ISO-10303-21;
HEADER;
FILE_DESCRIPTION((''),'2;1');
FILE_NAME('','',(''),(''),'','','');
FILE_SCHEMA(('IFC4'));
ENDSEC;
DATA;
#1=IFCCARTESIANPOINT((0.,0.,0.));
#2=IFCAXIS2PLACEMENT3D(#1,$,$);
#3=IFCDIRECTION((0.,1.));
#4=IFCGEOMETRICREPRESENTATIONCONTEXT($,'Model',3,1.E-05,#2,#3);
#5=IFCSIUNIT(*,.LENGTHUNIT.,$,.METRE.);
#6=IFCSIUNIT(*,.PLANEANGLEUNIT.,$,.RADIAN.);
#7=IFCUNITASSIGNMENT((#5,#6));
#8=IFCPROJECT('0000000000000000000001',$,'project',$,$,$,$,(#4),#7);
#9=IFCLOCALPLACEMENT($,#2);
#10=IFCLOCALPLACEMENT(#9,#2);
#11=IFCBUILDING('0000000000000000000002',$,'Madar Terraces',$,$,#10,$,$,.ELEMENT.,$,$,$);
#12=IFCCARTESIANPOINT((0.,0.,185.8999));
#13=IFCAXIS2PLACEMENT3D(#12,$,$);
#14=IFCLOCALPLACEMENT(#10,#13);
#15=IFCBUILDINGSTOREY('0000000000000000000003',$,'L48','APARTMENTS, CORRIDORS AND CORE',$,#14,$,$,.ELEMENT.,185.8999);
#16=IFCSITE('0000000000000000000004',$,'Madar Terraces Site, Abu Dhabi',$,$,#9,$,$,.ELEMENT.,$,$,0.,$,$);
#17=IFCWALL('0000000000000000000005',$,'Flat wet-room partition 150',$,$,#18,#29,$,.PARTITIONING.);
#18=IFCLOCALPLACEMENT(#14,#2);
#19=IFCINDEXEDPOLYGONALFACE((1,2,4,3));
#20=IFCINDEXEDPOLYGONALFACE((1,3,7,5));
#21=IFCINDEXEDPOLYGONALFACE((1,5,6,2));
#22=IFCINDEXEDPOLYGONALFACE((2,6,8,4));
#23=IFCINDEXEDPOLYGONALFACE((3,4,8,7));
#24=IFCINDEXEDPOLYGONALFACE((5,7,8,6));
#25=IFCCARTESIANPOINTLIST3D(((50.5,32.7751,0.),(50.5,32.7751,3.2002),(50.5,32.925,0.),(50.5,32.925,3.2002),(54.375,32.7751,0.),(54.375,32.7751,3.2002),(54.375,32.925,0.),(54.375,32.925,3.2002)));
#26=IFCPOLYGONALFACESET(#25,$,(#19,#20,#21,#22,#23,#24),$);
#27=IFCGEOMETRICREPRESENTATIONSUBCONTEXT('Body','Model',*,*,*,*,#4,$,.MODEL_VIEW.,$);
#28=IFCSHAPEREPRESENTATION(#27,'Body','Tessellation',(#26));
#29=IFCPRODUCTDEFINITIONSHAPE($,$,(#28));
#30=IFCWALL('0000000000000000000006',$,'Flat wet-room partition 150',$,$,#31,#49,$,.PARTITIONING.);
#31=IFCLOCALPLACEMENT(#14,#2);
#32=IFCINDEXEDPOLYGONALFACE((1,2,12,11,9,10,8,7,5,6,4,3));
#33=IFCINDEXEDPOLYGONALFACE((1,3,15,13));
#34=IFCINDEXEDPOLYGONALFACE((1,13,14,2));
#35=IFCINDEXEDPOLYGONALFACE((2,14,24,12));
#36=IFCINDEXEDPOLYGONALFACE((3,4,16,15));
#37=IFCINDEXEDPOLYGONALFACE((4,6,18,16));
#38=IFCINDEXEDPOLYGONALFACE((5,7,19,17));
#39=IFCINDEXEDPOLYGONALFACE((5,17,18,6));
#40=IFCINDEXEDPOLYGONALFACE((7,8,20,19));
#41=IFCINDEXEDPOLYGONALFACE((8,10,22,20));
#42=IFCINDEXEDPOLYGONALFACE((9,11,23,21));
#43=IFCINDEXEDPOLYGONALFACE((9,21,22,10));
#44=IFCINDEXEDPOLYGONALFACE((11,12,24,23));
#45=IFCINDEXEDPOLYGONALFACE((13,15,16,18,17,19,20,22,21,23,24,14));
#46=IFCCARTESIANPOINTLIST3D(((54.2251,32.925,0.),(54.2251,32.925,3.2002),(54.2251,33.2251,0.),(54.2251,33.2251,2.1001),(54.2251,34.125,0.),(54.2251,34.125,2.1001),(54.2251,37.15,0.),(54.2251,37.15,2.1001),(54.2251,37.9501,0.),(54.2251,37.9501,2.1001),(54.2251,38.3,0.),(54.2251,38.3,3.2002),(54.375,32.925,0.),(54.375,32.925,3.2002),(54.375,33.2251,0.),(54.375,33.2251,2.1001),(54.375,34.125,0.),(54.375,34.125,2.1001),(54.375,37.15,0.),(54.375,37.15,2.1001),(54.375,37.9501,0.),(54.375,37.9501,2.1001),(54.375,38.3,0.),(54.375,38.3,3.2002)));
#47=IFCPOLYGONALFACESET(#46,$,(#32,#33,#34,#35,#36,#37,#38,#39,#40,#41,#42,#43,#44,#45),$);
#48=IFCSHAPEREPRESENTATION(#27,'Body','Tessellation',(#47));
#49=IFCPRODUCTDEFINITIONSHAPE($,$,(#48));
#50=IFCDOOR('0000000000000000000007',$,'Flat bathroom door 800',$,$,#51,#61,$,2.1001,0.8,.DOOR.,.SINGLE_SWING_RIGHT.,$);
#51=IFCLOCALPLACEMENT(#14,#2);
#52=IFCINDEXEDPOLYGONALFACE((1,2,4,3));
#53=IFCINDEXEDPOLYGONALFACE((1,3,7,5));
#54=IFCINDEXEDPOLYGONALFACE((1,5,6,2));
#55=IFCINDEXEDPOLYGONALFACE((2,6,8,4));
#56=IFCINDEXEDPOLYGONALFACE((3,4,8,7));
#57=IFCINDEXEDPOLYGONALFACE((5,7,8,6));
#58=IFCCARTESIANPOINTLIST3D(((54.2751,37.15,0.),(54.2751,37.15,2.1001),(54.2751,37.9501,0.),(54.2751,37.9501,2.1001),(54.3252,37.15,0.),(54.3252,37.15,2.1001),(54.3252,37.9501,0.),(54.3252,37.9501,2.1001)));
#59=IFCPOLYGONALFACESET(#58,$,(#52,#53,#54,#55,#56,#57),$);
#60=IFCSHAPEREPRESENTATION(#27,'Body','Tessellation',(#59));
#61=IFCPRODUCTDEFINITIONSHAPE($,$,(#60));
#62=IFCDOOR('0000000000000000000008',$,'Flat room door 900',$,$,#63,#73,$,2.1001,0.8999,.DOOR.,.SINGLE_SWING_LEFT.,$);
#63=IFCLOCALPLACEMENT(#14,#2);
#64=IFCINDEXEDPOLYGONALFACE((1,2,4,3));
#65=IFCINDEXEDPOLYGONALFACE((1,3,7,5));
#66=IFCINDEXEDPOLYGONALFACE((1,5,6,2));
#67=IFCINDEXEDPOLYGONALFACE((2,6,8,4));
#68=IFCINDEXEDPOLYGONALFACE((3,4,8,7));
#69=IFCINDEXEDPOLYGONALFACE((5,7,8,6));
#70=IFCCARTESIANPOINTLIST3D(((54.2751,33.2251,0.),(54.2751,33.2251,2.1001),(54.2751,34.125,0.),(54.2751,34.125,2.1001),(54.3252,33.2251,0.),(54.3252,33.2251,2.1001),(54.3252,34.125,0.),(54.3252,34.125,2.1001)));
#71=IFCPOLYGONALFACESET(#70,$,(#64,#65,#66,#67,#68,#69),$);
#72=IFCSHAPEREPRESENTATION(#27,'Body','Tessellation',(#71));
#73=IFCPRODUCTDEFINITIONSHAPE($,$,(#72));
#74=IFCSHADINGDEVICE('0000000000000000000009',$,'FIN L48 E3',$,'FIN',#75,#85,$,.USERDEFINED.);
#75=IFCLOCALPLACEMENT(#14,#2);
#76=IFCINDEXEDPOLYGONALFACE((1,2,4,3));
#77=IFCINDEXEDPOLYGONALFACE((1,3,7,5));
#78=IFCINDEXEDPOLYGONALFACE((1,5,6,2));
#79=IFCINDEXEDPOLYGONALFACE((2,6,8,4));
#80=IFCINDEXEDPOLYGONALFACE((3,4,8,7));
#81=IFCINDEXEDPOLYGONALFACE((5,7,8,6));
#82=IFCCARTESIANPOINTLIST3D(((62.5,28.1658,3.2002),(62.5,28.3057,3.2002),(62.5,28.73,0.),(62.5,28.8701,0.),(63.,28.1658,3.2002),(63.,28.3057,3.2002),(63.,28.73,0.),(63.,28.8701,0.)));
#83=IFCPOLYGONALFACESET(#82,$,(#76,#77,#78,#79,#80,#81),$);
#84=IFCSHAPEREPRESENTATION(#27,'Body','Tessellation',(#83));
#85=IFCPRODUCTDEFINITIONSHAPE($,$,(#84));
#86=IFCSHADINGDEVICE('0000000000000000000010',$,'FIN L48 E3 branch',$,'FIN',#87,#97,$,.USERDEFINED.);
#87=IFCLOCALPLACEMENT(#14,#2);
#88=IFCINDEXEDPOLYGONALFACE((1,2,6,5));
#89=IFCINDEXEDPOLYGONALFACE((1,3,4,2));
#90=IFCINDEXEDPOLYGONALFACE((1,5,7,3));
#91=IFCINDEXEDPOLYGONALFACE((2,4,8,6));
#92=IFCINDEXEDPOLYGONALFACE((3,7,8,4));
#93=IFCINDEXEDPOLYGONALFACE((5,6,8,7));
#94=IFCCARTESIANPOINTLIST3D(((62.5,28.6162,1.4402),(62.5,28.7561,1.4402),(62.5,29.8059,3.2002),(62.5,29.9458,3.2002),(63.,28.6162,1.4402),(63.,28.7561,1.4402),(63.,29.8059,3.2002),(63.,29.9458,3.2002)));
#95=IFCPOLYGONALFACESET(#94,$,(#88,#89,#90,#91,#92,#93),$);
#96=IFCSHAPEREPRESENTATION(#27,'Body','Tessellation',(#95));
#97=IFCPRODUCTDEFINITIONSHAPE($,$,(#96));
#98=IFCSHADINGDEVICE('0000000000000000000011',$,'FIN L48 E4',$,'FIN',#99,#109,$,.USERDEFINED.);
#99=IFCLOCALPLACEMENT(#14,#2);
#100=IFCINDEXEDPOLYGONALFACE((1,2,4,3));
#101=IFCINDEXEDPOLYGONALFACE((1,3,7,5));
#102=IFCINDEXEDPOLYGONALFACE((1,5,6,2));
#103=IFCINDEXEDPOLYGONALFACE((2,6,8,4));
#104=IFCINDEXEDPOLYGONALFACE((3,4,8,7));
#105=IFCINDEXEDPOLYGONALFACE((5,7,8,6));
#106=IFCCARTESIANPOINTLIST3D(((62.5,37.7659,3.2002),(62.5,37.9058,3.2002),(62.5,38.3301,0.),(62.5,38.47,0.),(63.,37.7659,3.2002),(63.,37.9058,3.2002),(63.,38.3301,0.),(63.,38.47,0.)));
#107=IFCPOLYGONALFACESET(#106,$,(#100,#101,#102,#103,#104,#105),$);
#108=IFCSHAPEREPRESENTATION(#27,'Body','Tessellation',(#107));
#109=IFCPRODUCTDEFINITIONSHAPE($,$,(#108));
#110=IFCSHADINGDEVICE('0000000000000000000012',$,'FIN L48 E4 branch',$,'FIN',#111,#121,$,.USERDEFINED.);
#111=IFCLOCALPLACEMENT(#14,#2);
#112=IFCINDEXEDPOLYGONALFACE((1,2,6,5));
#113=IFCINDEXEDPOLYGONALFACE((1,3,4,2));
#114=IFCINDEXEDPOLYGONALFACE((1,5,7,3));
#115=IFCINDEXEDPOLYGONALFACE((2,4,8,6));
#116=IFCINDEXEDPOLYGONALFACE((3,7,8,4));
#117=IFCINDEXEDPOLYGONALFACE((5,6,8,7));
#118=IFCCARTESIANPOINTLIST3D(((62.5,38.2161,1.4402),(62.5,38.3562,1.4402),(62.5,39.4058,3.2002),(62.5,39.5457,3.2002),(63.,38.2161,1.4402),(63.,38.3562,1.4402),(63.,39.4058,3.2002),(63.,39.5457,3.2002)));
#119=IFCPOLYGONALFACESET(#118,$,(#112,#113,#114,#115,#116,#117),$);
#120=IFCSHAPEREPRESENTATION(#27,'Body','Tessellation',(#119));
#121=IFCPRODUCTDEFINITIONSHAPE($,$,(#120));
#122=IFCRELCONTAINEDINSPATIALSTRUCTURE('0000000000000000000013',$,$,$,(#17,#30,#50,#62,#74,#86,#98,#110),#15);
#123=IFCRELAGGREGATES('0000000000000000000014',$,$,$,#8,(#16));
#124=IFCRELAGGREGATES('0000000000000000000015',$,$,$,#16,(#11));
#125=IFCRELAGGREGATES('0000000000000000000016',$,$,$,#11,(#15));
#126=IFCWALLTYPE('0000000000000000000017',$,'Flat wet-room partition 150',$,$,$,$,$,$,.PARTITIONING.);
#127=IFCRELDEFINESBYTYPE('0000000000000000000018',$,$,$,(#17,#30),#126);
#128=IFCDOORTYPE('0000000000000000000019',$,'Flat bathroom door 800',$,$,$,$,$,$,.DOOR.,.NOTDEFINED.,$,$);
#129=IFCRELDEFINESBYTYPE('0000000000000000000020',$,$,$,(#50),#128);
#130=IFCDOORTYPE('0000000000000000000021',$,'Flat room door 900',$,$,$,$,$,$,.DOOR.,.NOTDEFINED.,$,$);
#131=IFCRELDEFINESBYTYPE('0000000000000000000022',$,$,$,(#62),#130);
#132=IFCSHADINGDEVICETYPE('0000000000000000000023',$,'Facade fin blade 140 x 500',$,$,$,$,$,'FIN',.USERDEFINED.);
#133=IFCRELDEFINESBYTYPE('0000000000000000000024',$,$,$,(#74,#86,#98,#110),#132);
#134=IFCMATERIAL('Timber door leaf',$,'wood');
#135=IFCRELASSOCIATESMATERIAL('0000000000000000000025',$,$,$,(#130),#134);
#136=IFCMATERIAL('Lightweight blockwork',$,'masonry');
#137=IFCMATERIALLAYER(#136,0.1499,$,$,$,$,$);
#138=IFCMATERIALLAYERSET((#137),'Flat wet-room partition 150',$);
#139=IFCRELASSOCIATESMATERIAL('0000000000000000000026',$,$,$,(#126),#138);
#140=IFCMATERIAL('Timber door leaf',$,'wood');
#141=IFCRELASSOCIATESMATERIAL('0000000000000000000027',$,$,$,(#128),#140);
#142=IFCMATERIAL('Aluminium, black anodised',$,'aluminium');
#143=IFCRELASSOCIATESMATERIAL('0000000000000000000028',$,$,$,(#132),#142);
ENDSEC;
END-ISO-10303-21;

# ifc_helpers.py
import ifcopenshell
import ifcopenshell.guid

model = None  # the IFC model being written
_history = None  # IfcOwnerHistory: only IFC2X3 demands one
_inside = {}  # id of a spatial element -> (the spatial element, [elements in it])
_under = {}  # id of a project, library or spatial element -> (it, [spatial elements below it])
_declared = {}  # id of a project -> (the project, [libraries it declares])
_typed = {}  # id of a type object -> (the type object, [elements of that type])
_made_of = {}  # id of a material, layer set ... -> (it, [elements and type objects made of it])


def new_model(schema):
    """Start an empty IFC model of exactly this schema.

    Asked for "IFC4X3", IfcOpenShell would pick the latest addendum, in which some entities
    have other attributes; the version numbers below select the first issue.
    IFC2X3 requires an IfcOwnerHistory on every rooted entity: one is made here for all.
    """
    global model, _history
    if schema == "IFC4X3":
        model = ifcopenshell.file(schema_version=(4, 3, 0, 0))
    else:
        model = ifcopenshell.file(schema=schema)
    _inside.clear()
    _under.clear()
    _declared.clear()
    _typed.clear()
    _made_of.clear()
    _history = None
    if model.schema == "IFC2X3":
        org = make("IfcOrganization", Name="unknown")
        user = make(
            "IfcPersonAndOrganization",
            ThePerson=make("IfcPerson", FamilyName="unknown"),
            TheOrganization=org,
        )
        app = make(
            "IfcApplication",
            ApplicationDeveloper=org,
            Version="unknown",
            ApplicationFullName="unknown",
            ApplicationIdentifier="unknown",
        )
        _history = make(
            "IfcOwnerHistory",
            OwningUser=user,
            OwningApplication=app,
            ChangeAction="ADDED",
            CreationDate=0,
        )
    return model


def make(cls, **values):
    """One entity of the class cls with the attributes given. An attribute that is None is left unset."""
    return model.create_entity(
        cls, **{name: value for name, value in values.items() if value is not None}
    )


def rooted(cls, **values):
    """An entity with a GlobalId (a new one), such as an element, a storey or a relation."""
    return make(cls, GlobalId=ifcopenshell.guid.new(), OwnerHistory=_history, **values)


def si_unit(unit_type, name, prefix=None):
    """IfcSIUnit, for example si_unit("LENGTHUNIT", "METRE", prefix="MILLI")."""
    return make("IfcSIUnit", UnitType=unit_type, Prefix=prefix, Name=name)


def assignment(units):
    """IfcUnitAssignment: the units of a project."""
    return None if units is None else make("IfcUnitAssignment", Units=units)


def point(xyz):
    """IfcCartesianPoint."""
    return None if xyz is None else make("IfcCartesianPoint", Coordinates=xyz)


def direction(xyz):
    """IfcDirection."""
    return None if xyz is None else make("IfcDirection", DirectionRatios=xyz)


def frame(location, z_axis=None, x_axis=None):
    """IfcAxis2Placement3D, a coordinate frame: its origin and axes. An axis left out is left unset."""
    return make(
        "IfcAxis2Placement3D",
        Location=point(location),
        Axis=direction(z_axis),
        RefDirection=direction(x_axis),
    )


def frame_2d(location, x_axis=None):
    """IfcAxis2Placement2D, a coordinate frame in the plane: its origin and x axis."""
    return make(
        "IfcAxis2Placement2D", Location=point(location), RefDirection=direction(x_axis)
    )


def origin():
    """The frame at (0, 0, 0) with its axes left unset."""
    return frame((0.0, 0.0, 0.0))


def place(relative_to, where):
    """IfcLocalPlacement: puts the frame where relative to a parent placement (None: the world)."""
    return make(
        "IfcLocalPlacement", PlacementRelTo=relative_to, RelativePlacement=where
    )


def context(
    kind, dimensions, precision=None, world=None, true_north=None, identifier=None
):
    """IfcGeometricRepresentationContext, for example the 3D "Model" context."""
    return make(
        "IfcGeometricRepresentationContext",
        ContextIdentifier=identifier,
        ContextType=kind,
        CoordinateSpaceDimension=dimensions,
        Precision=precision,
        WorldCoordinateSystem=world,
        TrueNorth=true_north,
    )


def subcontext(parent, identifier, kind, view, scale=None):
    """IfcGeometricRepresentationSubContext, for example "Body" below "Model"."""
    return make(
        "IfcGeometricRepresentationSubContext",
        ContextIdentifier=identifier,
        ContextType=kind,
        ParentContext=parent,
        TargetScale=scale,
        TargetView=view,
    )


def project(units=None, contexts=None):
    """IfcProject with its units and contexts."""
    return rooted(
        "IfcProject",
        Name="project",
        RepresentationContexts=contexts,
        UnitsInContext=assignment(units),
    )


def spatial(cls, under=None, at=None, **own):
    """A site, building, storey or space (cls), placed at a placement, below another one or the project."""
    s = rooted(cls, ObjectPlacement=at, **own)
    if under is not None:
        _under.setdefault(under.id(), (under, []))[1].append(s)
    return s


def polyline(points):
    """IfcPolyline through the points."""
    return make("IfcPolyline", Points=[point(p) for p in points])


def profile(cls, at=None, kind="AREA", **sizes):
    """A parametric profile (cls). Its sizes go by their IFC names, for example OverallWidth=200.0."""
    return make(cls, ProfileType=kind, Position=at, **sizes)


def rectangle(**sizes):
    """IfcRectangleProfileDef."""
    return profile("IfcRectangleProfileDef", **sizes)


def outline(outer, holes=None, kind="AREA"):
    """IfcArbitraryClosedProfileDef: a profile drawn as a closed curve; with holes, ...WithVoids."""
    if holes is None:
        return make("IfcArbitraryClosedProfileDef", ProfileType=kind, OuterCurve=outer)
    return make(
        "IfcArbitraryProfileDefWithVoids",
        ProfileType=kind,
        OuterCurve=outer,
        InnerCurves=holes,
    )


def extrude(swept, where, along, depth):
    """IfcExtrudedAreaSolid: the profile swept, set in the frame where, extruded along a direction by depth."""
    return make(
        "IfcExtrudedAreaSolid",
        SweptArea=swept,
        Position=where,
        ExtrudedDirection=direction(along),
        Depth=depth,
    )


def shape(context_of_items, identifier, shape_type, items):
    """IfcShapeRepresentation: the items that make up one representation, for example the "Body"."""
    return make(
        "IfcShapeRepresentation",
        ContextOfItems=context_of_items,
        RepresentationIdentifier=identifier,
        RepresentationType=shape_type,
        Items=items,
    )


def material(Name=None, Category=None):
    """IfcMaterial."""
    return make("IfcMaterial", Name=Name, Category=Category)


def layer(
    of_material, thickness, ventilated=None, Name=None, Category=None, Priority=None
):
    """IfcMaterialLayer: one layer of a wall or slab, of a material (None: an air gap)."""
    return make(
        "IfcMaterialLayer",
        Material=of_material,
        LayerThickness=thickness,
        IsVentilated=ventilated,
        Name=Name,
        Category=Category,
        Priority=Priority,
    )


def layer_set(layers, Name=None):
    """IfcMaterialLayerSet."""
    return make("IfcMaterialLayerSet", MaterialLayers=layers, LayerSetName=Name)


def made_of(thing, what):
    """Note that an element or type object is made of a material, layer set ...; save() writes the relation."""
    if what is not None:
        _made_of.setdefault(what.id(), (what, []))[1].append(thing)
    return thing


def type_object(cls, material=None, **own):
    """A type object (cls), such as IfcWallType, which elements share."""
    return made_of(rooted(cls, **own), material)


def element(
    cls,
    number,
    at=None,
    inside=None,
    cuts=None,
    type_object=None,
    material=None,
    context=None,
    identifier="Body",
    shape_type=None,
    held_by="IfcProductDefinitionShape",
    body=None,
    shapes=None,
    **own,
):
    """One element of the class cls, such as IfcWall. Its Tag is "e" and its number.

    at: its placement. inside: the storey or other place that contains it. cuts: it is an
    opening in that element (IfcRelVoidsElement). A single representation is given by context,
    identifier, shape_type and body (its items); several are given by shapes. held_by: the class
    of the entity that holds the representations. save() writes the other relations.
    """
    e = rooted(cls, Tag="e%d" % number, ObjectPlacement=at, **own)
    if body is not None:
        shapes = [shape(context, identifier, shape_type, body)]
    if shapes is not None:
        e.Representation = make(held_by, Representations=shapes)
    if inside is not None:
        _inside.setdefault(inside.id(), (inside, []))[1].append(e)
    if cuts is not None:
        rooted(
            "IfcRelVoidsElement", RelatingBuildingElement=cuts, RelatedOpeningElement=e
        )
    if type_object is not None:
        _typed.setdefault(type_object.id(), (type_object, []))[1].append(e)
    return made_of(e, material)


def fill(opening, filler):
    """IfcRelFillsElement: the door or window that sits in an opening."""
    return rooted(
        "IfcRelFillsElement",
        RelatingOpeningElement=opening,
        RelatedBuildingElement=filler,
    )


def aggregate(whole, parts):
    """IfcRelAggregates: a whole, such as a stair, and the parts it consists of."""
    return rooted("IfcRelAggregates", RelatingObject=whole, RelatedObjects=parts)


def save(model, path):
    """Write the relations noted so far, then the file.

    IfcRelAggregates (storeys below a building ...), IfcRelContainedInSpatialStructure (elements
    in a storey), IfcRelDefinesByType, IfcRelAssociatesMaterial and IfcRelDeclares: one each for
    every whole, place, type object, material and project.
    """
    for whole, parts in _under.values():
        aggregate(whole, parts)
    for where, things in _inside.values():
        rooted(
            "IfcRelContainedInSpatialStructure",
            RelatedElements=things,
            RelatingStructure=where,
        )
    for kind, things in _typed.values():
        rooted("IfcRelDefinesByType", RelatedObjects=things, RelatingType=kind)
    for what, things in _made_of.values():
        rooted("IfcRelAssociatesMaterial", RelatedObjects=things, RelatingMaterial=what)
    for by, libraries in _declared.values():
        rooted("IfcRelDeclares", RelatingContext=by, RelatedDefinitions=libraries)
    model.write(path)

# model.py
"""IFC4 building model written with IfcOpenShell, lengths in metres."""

from ifc_helpers import new_model, si_unit, direction, frame, frame_2d, origin, place, context, subcontext, project, spatial, polyline, rectangle, outline, extrude, material, layer, layer_set, type_object, element, fill, save


model = new_model("IFC4")

# Units and contexts
model_context = context("Model", 3, precision=1e-05, world=origin(), true_north=direction((0.0, 1.0)))
body_context = subcontext(model_context, "Body", "Model", "MODEL_VIEW")
ifc_project = project(units=[si_unit("LENGTHUNIT", "METRE"), si_unit("PLANEANGLEUNIT", "RADIAN")], contexts=[model_context])

# Site, building, storey
site_placement = place(None, origin())
site = spatial("IfcSite", under=ifc_project, at=site_placement, Name="Madar Terraces Site, Abu Dhabi", CompositionType="ELEMENT", RefElevation=0.0)
building_placement = place(site_placement, origin())
building = spatial("IfcBuilding", under=site, at=building_placement, Name="Madar Terraces", CompositionType="ELEMENT")
storey_placement = place(building_placement, frame((0.0, 0.0, 185.8999)))
storey = spatial("IfcBuildingStorey", under=building, at=storey_placement, Name="L48", Description="APARTMENTS, CORRIDORS AND CORE", CompositionType="ELEMENT", Elevation=185.8999)

# Shared definitions
ifc_material_1 = material(Name="Timber door leaf", Category="wood")
door_type_1 = type_object("IfcDoorType", Name="Flat room door 900", OperationType="NOTDEFINED", PredefinedType="DOOR", material=ifc_material_1)

# Wall
ifc_material_2 = material(Name="Lightweight blockwork", Category="masonry")
ifc_layer_1 = layer(ifc_material_2, 0.1499)
ifc_layer_set_1 = layer_set([ifc_layer_1], Name="Flat wet-room partition 150")
wall_type_1 = type_object("IfcWallType", Name="Flat wet-room partition 150", PredefinedType="PARTITIONING", material=ifc_layer_set_1)
wall_1_placement = place(storey_placement, frame((50.5, 32.8501, 0.0), z_axis=(0.0, 0.0, 1.0), x_axis=(1.0, 0.0, 0.0)))
element("IfcWall", 1, at=wall_1_placement, inside=storey, type_object=wall_type_1, Name="Flat wet-room partition 150", PredefinedType="PARTITIONING", context=body_context, shape_type="SweptSolid", body=[
    extrude(rectangle(XDim=3.875, YDim=0.1499, at=frame_2d((1.9375, 0.0))), origin(), (0.0, 0.0, 1.0), 3.2002),
])

# Wall, openings, doors
wall_2_placement = place(storey_placement, frame((54.3, 32.925, 0.0), z_axis=(0.0, 0.0, 1.0), x_axis=(0.0, 1.0, 0.0)))
wall_2 = element("IfcWall", 2, at=wall_2_placement, inside=storey, type_object=wall_type_1, Name="Flat wet-room partition 150", PredefinedType="PARTITIONING", context=body_context, shape_type="SweptSolid", body=[
    extrude(rectangle(XDim=5.375, YDim=0.1499, at=frame_2d((2.6875, 0.0))), origin(), (0.0, 0.0, 1.0), 3.2002),
])
opening_1_placement = place(wall_2_placement, frame((0.3, 0.0, 0.0)))
opening_1 = element("IfcOpeningElement", 3, at=opening_1_placement, cuts=wall_2, PredefinedType="OPENING", context=body_context, shape_type="SweptSolid", body=[
    extrude(rectangle(XDim=0.8999, YDim=2.1001, at=frame_2d((0.45, 1.05))), frame((0.0, 0.085, 0.0), z_axis=(0.0, -1.0, 0.0), x_axis=(1.0, 0.0, 0.0)), (0.0, 0.0, 1.0), 0.1699),
])
opening_2_placement = place(wall_2_placement, frame((4.2251, 0.0, 0.0)))
opening_2 = element("IfcOpeningElement", 4, at=opening_2_placement, cuts=wall_2, PredefinedType="OPENING", context=body_context, shape_type="SweptSolid", body=[
    extrude(rectangle(XDim=0.8, YDim=2.1001, at=frame_2d((0.3999, 1.05))), frame((0.0, 0.085, 0.0), z_axis=(0.0, -1.0, 0.0), x_axis=(1.0, 0.0, 0.0)), (0.0, 0.0, 1.0), 0.1699),
])
ifc_material_3 = material(Name="Timber door leaf", Category="wood")
door_type_2 = type_object("IfcDoorType", Name="Flat bathroom door 800", OperationType="NOTDEFINED", PredefinedType="DOOR", material=ifc_material_3)
door_1_placement = place(opening_2_placement, origin())
door_1 = element("IfcDoor", 5, at=door_1_placement, inside=storey, type_object=door_type_2, Name="Flat bathroom door 800", OperationType="SINGLE_SWING_RIGHT", OverallHeight=2.1001, OverallWidth=0.8, PredefinedType="DOOR", context=body_context, shape_type="SweptSolid", body=[
    extrude(rectangle(XDim=0.8, YDim=2.1001, at=frame_2d((0.3999, 1.05))), frame((0.0, 0.0249, 0.0), z_axis=(0.0, -1.0, 0.0), x_axis=(1.0, 0.0, 0.0)), (0.0, 0.0, 1.0), 0.05),
])
fill(opening_2, door_1)
door_2_placement = place(opening_1_placement, origin())
door_2 = element("IfcDoor", 6, at=door_2_placement, inside=storey, type_object=door_type_1, Name="Flat room door 900", OperationType="SINGLE_SWING_LEFT", OverallHeight=2.1001, OverallWidth=0.8999, PredefinedType="DOOR", context=body_context, shape_type="SweptSolid", body=[
    extrude(rectangle(XDim=0.8999, YDim=2.1001, at=frame_2d((0.45, 1.05))), frame((0.0, 0.0249, 0.0), z_axis=(0.0, -1.0, 0.0), x_axis=(1.0, 0.0, 0.0)), (0.0, 0.0, 1.0), 0.05),
])
fill(opening_1, door_2)

# Shading devices
ifc_material_4 = material(Name="Aluminium, black anodised", Category="aluminium")
shading_device_type = type_object("IfcShadingDeviceType", Name="Facade fin blade 140 x 500", ElementType="FIN", PredefinedType="USERDEFINED", material=ifc_material_4)
shading_device_1_placement = place(storey_placement, frame((62.75, 28.73, 0.0), z_axis=(0.0, 0.0, 1.0), x_axis=(0.0, 1.0, 0.0)))
element("IfcShadingDevice", 7, at=shading_device_1_placement, inside=storey, type_object=shading_device_type, Name="FIN L48 E3", ObjectType="FIN", PredefinedType="USERDEFINED", context=body_context, shape_type="SweptSolid", body=[
    extrude(outline(polyline([(0.0, 0.0), (0.1401, 0.0), (-0.4243, 3.2002), (-0.5642, 3.2002), (0.0, 0.0)])), frame((0.0, 0.25, 0.0), z_axis=(0.0, -1.0, 0.0), x_axis=(1.0, 0.0, 0.0)), (0.0, 0.0, 1.0), 0.5),
])
shading_device_2_placement = place(storey_placement, frame((62.75, 28.6162, 1.4402), z_axis=(0.0, 0.0, 1.0), x_axis=(0.0, 1.0, 0.0)))
element("IfcShadingDevice", 8, at=shading_device_2_placement, inside=storey, type_object=shading_device_type, Name="FIN L48 E3 branch", ObjectType="FIN", PredefinedType="USERDEFINED", context=body_context, shape_type="SweptSolid", body=[
    extrude(outline(polyline([(0.0, 0.0), (0.1399, 0.0), (1.3296, 1.76), (1.1897, 1.76), (0.0, 0.0)])), frame((0.0, 0.25, 0.0), z_axis=(0.0, -1.0, 0.0), x_axis=(1.0, 0.0, 0.0)), (0.0, 0.0, 1.0), 0.5),
])
shading_device_3_placement = place(storey_placement, frame((62.75, 38.3301, 0.0), z_axis=(0.0, 0.0, 1.0), x_axis=(0.0, 1.0, 0.0)))
element("IfcShadingDevice", 9, at=shading_device_3_placement, inside=storey, type_object=shading_device_type, Name="FIN L48 E4", ObjectType="FIN", PredefinedType="USERDEFINED", context=body_context, shape_type="SweptSolid", body=[
    extrude(outline(polyline([(0.0, 0.0), (0.1399, 0.0), (-0.4243, 3.2002), (-0.5642, 3.2002), (0.0, 0.0)])), frame((0.0, 0.25, 0.0), z_axis=(0.0, -1.0, 0.0), x_axis=(1.0, 0.0, 0.0)), (0.0, 0.0, 1.0), 0.5),
])
shading_device_4_placement = place(storey_placement, frame((62.75, 38.2161, 1.4402), z_axis=(0.0, 0.0, 1.0), x_axis=(0.0, 1.0, 0.0)))
element("IfcShadingDevice", 10, at=shading_device_4_placement, inside=storey, type_object=shading_device_type, Name="FIN L48 E4 branch", ObjectType="FIN", PredefinedType="USERDEFINED", context=body_context, shape_type="SweptSolid", body=[
    extrude(outline(polyline([(0.0, 0.0), (0.1401, 0.0), (1.3296, 1.76), (1.1897, 1.76), (0.0, 0.0)])), frame((0.0, 0.25, 0.0), z_axis=(0.0, -1.0, 0.0), x_axis=(1.0, 0.0, 0.0)), (0.0, 0.0, 1.0), 0.5),
])

save(model, "model.ifc")
